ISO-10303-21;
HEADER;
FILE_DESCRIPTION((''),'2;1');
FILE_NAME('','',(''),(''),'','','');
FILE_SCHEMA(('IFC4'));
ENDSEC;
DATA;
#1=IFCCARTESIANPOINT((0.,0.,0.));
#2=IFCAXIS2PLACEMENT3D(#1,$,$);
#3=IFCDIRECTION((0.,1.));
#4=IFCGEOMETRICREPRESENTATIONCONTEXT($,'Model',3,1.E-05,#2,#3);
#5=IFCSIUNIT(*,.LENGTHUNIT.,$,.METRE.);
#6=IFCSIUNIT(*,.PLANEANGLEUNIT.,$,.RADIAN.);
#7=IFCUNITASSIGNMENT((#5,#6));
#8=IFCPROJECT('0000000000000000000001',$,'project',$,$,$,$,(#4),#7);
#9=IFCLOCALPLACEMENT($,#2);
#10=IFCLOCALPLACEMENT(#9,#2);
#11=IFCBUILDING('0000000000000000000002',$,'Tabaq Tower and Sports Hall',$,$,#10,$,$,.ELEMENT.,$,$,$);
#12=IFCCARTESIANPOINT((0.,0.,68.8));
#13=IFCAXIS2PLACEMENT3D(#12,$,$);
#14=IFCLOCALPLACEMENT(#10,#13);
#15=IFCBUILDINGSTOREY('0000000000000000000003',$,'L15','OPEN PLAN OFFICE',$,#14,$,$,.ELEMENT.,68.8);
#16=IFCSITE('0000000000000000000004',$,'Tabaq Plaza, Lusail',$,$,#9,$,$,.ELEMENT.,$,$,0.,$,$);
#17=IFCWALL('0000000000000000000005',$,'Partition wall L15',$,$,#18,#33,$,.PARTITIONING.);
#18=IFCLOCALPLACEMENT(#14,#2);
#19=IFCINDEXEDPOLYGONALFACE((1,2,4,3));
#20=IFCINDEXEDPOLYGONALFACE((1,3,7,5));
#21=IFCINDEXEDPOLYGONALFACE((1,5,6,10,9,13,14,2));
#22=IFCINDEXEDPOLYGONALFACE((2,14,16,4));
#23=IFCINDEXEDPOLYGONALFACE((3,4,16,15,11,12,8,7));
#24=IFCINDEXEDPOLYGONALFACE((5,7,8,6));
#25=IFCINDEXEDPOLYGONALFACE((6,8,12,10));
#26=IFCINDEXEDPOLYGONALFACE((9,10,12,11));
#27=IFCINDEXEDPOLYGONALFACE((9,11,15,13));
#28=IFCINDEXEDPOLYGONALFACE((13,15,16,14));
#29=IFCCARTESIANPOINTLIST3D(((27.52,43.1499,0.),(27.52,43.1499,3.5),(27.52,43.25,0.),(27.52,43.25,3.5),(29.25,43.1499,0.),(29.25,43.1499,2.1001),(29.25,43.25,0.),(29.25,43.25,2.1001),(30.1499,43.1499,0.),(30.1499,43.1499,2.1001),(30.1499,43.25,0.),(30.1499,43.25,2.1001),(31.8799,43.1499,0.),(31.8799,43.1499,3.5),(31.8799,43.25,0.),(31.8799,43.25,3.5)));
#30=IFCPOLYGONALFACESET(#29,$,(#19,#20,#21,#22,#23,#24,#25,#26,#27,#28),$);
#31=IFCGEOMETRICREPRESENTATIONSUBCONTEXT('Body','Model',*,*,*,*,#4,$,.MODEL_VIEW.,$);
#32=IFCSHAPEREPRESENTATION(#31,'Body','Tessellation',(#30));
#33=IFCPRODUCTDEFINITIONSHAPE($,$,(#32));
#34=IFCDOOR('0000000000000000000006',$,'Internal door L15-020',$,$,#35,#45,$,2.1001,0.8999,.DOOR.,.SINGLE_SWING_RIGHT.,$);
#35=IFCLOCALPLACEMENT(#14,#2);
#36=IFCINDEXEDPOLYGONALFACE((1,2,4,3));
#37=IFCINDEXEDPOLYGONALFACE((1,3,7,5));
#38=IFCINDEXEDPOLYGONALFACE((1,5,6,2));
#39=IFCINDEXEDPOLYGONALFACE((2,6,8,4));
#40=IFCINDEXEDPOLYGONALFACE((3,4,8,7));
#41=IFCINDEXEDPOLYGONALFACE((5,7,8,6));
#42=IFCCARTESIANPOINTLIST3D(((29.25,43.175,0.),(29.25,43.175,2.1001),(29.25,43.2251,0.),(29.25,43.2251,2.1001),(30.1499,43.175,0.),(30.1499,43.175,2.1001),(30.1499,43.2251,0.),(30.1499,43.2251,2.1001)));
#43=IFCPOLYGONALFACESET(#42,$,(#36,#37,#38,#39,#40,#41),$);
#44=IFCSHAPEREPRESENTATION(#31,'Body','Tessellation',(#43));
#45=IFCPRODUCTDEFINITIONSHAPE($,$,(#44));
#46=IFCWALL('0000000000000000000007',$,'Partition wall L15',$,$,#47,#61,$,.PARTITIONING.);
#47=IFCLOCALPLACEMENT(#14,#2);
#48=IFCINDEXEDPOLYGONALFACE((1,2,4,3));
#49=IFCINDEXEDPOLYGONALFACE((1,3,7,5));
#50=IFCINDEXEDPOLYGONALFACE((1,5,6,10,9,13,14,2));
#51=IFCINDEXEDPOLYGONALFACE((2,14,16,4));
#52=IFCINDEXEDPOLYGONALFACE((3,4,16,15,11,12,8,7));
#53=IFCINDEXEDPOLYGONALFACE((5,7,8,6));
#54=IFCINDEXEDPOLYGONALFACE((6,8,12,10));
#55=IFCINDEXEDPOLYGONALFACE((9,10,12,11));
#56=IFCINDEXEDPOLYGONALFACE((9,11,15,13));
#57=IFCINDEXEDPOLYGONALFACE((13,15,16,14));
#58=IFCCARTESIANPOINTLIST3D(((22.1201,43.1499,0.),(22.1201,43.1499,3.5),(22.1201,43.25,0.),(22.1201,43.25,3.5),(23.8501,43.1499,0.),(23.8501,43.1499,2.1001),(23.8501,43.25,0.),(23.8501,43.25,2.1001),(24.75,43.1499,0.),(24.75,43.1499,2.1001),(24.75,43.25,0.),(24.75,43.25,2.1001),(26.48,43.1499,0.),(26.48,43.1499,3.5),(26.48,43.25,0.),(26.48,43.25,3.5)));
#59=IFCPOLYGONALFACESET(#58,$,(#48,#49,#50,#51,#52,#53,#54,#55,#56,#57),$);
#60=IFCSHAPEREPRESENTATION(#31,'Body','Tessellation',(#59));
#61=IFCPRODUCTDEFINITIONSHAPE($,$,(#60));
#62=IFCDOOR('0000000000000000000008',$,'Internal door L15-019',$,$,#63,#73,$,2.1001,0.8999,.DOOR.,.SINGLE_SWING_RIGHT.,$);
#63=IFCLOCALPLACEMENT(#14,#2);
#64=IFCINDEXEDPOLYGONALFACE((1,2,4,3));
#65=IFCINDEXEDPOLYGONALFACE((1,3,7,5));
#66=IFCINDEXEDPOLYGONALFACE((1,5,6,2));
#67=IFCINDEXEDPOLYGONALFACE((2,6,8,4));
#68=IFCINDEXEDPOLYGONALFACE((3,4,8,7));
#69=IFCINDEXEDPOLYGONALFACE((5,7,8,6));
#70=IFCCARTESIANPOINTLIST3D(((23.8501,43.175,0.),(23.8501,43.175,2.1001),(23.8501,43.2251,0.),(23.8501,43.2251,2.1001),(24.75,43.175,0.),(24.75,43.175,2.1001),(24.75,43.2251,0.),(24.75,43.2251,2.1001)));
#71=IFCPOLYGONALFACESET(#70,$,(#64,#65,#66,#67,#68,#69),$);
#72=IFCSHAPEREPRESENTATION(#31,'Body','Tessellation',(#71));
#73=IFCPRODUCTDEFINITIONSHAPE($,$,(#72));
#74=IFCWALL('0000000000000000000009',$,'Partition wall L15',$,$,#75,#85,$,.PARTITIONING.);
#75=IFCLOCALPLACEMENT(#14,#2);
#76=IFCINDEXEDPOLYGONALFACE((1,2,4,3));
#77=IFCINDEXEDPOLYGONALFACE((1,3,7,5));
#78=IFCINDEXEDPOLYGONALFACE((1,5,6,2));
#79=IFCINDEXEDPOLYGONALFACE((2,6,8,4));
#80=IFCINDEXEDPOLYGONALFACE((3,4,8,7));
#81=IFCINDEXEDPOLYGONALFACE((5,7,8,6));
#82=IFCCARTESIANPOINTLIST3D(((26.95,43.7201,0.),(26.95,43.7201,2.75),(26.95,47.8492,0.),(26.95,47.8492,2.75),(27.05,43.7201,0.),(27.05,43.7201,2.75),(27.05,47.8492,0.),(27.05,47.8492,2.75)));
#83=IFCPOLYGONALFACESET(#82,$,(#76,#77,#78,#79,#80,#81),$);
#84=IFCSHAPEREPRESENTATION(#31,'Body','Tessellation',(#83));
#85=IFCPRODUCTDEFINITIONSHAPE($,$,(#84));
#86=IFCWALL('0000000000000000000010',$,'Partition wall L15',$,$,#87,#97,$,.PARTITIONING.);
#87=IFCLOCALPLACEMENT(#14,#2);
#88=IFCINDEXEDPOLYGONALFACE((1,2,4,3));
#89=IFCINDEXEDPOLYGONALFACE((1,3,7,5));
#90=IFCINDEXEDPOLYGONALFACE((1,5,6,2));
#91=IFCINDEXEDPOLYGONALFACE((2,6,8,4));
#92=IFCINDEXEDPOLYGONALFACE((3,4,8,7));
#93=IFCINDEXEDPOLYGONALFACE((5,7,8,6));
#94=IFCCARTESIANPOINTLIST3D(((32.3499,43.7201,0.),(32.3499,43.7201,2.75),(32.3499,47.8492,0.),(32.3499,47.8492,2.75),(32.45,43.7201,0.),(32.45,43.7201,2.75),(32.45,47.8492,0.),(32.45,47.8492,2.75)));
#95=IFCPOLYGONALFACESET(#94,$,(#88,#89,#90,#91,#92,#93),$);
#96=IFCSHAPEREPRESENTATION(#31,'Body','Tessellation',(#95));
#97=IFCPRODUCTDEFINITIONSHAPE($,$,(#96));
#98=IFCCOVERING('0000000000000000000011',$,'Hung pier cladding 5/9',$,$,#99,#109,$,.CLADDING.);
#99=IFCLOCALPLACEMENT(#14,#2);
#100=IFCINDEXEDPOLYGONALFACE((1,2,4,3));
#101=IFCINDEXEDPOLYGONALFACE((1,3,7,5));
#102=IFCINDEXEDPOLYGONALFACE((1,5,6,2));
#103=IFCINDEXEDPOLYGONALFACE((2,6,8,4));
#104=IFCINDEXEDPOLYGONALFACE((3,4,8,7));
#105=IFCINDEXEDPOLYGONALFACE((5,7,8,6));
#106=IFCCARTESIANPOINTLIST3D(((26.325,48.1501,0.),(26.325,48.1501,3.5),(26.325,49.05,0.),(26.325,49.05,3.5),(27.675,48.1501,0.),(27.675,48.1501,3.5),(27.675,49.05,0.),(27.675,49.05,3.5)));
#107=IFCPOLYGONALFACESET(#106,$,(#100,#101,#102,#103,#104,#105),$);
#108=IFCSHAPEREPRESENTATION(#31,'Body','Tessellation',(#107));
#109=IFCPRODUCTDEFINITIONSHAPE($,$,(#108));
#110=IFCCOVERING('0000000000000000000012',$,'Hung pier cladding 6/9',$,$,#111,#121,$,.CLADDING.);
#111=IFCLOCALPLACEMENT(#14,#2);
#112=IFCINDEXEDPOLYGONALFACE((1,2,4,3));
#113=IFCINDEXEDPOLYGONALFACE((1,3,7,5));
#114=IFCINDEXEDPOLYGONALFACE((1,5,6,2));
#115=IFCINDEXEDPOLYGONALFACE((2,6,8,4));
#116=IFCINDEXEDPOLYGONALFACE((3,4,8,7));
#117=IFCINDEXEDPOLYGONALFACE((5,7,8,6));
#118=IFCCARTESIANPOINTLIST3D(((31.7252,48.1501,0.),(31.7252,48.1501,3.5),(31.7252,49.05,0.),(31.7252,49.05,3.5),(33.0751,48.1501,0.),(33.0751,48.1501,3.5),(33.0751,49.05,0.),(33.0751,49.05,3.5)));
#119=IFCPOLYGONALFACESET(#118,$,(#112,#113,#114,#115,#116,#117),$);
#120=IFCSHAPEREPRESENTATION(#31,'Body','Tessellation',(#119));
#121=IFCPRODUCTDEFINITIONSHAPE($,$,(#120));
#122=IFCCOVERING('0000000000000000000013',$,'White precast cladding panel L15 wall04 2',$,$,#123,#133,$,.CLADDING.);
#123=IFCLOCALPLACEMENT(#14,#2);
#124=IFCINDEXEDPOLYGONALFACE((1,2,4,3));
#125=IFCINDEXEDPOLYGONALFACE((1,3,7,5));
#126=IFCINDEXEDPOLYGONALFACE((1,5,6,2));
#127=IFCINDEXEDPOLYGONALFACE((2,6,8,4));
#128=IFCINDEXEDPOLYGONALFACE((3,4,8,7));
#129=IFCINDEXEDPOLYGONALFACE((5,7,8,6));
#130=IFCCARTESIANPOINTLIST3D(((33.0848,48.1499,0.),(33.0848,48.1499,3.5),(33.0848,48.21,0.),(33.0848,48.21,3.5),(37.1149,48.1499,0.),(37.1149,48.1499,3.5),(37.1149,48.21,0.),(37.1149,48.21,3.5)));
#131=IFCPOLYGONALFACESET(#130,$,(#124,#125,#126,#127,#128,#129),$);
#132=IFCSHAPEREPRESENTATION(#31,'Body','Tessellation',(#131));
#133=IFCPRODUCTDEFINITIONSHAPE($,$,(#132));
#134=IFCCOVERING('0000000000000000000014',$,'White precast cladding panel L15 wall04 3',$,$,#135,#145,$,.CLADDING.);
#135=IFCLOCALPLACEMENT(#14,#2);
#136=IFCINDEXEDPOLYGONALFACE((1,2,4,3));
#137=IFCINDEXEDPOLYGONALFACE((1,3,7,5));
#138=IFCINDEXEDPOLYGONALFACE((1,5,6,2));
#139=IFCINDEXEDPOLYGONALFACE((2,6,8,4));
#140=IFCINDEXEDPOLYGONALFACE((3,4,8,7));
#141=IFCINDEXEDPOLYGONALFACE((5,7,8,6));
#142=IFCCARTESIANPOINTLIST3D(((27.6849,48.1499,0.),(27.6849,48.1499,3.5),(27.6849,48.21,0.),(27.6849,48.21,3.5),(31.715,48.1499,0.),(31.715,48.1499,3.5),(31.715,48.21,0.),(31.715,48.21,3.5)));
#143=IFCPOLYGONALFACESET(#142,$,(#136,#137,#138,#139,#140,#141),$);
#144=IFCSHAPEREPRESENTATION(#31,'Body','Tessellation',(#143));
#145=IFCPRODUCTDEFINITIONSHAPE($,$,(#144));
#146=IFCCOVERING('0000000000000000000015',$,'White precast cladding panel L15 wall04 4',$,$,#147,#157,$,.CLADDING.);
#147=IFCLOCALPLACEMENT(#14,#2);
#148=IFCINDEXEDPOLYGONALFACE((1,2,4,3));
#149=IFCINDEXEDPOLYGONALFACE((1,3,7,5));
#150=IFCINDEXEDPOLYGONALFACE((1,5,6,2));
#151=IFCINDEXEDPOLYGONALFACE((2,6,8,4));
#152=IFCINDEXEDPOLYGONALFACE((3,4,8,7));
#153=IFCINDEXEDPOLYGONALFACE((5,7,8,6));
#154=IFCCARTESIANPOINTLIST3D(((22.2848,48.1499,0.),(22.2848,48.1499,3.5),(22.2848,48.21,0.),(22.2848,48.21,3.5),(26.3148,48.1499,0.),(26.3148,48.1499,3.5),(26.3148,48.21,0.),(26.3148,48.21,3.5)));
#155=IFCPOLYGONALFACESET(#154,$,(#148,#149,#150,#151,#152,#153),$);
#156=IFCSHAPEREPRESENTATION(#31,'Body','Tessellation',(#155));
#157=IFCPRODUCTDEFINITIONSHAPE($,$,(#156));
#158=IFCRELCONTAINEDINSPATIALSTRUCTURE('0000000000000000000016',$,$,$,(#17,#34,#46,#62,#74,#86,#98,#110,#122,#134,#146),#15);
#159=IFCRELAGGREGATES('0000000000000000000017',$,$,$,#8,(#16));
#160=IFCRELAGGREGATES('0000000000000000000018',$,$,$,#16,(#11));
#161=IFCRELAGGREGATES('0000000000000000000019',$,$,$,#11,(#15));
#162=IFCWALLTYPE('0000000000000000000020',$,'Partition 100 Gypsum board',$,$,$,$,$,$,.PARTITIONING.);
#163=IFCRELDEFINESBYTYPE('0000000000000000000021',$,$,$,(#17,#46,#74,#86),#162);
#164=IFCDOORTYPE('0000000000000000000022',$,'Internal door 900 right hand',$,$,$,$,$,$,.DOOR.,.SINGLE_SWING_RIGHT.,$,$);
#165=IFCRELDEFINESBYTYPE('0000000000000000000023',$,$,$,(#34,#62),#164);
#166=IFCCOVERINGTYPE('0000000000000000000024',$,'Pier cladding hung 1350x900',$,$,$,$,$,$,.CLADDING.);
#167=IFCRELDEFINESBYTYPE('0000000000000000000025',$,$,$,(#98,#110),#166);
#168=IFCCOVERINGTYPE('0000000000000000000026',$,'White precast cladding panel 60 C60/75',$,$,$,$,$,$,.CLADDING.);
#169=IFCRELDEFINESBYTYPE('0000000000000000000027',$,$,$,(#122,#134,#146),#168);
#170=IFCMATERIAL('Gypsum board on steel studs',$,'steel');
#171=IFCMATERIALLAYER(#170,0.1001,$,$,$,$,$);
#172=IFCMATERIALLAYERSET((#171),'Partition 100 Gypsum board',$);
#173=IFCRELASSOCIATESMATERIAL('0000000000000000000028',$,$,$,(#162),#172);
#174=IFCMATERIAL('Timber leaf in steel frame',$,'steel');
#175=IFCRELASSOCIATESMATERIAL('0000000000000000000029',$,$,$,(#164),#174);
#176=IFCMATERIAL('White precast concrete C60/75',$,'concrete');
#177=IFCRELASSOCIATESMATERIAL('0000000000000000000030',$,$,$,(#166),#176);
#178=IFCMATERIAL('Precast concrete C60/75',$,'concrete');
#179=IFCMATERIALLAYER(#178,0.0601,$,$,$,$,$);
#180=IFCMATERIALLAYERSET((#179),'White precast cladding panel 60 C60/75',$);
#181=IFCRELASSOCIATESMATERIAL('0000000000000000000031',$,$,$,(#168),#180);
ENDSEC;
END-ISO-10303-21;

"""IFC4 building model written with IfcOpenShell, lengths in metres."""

from ifc_helpers import new_model, si_unit, direction, frame, frame_2d, origin, place, context, subcontext, project, spatial, rectangle, extrude, material, layer, layer_set, type_object, element, fill, save


model = new_model("IFC4")

# Units and contexts
model_context = context("Model", 3, precision=1e-05, world=origin(), true_north=direction((0.0, 1.0)))
body_context = subcontext(model_context, "Body", "Model", "MODEL_VIEW")
ifc_project = project(units=[si_unit("LENGTHUNIT", "METRE"), si_unit("PLANEANGLEUNIT", "RADIAN")], contexts=[model_context])

# Site, building, storey
site_placement = place(None, origin())
site = spatial("IfcSite", under=ifc_project, at=site_placement, Name="Tabaq Plaza, Lusail", CompositionType="ELEMENT", RefElevation=0.0)
building_placement = place(site_placement, origin())
building = spatial("IfcBuilding", under=site, at=building_placement, Name="Tabaq Tower and Sports Hall", CompositionType="ELEMENT")
storey_placement = place(building_placement, frame((0.0, 0.0, 68.8)))
storey = spatial("IfcBuildingStorey", under=building, at=storey_placement, Name="L15", Description="OPEN PLAN OFFICE", CompositionType="ELEMENT", Elevation=68.8)

# Shared definitions
ifc_material_1 = material(Name="Gypsum board on steel studs", Category="steel")
ifc_layer_1 = layer(ifc_material_1, 0.1001)
ifc_layer_set_1 = layer_set([ifc_layer_1], Name="Partition 100 Gypsum board")
wall_type = type_object("IfcWallType", Name="Partition 100 Gypsum board", PredefinedType="PARTITIONING", material=ifc_layer_set_1)

# Walls, openings, doors
wall_1_placement = place(storey_placement, frame((31.8799, 43.2, 0.0), z_axis=(0.0, 0.0, 1.0), x_axis=(-1.0, 0.0, 0.0)))
wall_1 = element("IfcWall", 1, at=wall_1_placement, inside=storey, type_object=wall_type, Name="Partition wall L15", PredefinedType="PARTITIONING", context=body_context, shape_type="SweptSolid", body=[
    extrude(rectangle(XDim=4.3599, YDim=0.1001, at=frame_2d((2.1799, 0.0))), origin(), (0.0, 0.0, 1.0), 3.5),
])
opening_1_placement = place(wall_1_placement, frame((1.73, 0.0, 0.0)))
opening_1 = element("IfcOpeningElement", 2, at=opening_1_placement, cuts=wall_1, PredefinedType="OPENING", context=body_context, shape_type="SweptSolid", body=[
    extrude(rectangle(XDim=0.8999, YDim=2.1001, at=frame_2d((0.45, 1.05))), frame((0.0, 0.05, 0.0), z_axis=(0.0, -1.0, 0.0), x_axis=(1.0, 0.0, 0.0)), (0.0, 0.0, 1.0), 0.1001),
])
ifc_material_2 = material(Name="Timber leaf in steel frame", Category="steel")
door_type_1 = type_object("IfcDoorType", Name="Internal door 900 right hand", OperationType="SINGLE_SWING_RIGHT", PredefinedType="DOOR", material=ifc_material_2)
door_1_placement = place(opening_1_placement, origin())
door_1 = element("IfcDoor", 3, at=door_1_placement, inside=storey, type_object=door_type_1, Name="Internal door L15-020", OperationType="SINGLE_SWING_RIGHT", OverallHeight=2.1001, OverallWidth=0.8999, PredefinedType="DOOR", context=body_context, shape_type="SweptSolid", body=[
    extrude(rectangle(XDim=0.8999, YDim=2.1001, at=frame_2d((0.45, 1.05))), frame((0.0, 0.0249, 0.0), z_axis=(0.0, -1.0, 0.0), x_axis=(1.0, 0.0, 0.0)), (0.0, 0.0, 1.0), 0.05),
])
fill(opening_1, door_1)
wall_2_placement = place(storey_placement, frame((26.48, 43.2, 0.0), z_axis=(0.0, 0.0, 1.0), x_axis=(-1.0, 0.0, 0.0)))
wall_2 = element("IfcWall", 4, at=wall_2_placement, inside=storey, type_object=wall_type, Name="Partition wall L15", PredefinedType="PARTITIONING", context=body_context, shape_type="SweptSolid", body=[
    extrude(rectangle(XDim=4.3599, YDim=0.1001, at=frame_2d((2.1799, 0.0))), origin(), (0.0, 0.0, 1.0), 3.5),
])
opening_2_placement = place(wall_2_placement, frame((1.73, 0.0, 0.0)))
opening_2 = element("IfcOpeningElement", 5, at=opening_2_placement, cuts=wall_2, PredefinedType="OPENING", context=body_context, shape_type="SweptSolid", body=[
    extrude(rectangle(XDim=0.8999, YDim=2.1001, at=frame_2d((0.45, 1.05))), frame((0.0, 0.05, 0.0), z_axis=(0.0, -1.0, 0.0), x_axis=(1.0, 0.0, 0.0)), (0.0, 0.0, 1.0), 0.1001),
])
door_2_placement = place(opening_2_placement, origin())
door_2 = element("IfcDoor", 6, at=door_2_placement, inside=storey, type_object=door_type_1, Name="Internal door L15-019", OperationType="SINGLE_SWING_RIGHT", OverallHeight=2.1001, OverallWidth=0.8999, PredefinedType="DOOR", context=body_context, shape_type="SweptSolid", body=[
    extrude(rectangle(XDim=0.8999, YDim=2.1001, at=frame_2d((0.45, 1.05))), frame((0.0, 0.0249, 0.0), z_axis=(0.0, -1.0, 0.0), x_axis=(1.0, 0.0, 0.0)), (0.0, 0.0, 1.0), 0.05),
])
fill(opening_2, door_2)

# Walls
for number, where, z_axis, x_axis, name in (
    (7, (27.0, 47.8491, 0.0), (0.0, 0.0, 1.0), (0.0, -1.0, 0.0), "Partition wall L15"),
    (8, (32.3999, 47.8491, 0.0), (0.0, 0.0, 1.0), (0.0, -1.0, 0.0), "Partition wall L15"),
):
    element("IfcWall", number, at=place(storey_placement, frame(where, z_axis=z_axis, x_axis=x_axis)), inside=storey, type_object=wall_type, Name=name, PredefinedType="PARTITIONING", context=body_context, shape_type="SweptSolid", body=[
        extrude(rectangle(XDim=4.1292, YDim=0.1001, at=frame_2d((2.0645, 0.0))), origin(), (0.0, 0.0, 1.0), 2.75),
    ])

# Coverings
ifc_material_3 = material(Name="White precast concrete C60/75", Category="concrete")
covering_type_1 = type_object("IfcCoveringType", Name="Pier cladding hung 1350x900", PredefinedType="CLADDING", material=ifc_material_3)
covering_1_placement = place(storey_placement, frame((27.675, 48.6001, 0.0), z_axis=(0.0, 0.0, 1.0), x_axis=(-1.0, 0.0, 0.0)))
element("IfcCovering", 9, at=covering_1_placement, inside=storey, type_object=covering_type_1, Name="Hung pier cladding 5/9", PredefinedType="CLADDING", context=body_context, shape_type="SweptSolid", body=[
    extrude(rectangle(XDim=1.3501, YDim=0.8999, at=frame_2d((0.675, 0.0))), origin(), (0.0, 0.0, 1.0), 3.5),
])
covering_2_placement = place(storey_placement, frame((33.075, 48.6001, 0.0), z_axis=(0.0, 0.0, 1.0), x_axis=(-1.0, 0.0, 0.0)))
element("IfcCovering", 10, at=covering_2_placement, inside=storey, type_object=covering_type_1, Name="Hung pier cladding 6/9", PredefinedType="CLADDING", context=body_context, shape_type="SweptSolid", body=[
    extrude(rectangle(XDim=1.3499, YDim=0.8999, at=frame_2d((0.6748, 0.0))), origin(), (0.0, 0.0, 1.0), 3.5),
])
ifc_material_4 = material(Name="Precast concrete C60/75", Category="concrete")
ifc_layer_2 = layer(ifc_material_4, 0.0601)
ifc_layer_set_2 = layer_set([ifc_layer_2], Name="White precast cladding panel 60 C60/75")
covering_type_2 = type_object("IfcCoveringType", Name="White precast cladding panel 60 C60/75", PredefinedType="CLADDING", material=ifc_layer_set_2)
for number, where, z_axis, x_axis, name in (
    (11, (37.115, 48.1799, 0.0), (0.0, 0.0, 1.0), (-1.0, 0.0, 0.0), "White precast cladding panel L15 wall04 2"),
    (12, (31.7151, 48.1799, 0.0), (0.0, 0.0, 1.0), (-1.0, 0.0, 0.0), "White precast cladding panel L15 wall04 3"),
    (13, (26.3149, 48.1799, 0.0), (0.0, 0.0, 1.0), (-1.0, 0.0, 0.0), "White precast cladding panel L15 wall04 4"),
):
    element("IfcCovering", number, at=place(storey_placement, frame(where, z_axis=z_axis, x_axis=x_axis)), inside=storey, type_object=covering_type_2, Name=name, PredefinedType="CLADDING", context=body_context, shape_type="SweptSolid", body=[
        extrude(rectangle(XDim=4.03, YDim=0.0601, at=frame_2d((2.0151, 0.0))), origin(), (0.0, 0.0, 1.0), 3.5),
    ])

save(model, "model.ifc")
